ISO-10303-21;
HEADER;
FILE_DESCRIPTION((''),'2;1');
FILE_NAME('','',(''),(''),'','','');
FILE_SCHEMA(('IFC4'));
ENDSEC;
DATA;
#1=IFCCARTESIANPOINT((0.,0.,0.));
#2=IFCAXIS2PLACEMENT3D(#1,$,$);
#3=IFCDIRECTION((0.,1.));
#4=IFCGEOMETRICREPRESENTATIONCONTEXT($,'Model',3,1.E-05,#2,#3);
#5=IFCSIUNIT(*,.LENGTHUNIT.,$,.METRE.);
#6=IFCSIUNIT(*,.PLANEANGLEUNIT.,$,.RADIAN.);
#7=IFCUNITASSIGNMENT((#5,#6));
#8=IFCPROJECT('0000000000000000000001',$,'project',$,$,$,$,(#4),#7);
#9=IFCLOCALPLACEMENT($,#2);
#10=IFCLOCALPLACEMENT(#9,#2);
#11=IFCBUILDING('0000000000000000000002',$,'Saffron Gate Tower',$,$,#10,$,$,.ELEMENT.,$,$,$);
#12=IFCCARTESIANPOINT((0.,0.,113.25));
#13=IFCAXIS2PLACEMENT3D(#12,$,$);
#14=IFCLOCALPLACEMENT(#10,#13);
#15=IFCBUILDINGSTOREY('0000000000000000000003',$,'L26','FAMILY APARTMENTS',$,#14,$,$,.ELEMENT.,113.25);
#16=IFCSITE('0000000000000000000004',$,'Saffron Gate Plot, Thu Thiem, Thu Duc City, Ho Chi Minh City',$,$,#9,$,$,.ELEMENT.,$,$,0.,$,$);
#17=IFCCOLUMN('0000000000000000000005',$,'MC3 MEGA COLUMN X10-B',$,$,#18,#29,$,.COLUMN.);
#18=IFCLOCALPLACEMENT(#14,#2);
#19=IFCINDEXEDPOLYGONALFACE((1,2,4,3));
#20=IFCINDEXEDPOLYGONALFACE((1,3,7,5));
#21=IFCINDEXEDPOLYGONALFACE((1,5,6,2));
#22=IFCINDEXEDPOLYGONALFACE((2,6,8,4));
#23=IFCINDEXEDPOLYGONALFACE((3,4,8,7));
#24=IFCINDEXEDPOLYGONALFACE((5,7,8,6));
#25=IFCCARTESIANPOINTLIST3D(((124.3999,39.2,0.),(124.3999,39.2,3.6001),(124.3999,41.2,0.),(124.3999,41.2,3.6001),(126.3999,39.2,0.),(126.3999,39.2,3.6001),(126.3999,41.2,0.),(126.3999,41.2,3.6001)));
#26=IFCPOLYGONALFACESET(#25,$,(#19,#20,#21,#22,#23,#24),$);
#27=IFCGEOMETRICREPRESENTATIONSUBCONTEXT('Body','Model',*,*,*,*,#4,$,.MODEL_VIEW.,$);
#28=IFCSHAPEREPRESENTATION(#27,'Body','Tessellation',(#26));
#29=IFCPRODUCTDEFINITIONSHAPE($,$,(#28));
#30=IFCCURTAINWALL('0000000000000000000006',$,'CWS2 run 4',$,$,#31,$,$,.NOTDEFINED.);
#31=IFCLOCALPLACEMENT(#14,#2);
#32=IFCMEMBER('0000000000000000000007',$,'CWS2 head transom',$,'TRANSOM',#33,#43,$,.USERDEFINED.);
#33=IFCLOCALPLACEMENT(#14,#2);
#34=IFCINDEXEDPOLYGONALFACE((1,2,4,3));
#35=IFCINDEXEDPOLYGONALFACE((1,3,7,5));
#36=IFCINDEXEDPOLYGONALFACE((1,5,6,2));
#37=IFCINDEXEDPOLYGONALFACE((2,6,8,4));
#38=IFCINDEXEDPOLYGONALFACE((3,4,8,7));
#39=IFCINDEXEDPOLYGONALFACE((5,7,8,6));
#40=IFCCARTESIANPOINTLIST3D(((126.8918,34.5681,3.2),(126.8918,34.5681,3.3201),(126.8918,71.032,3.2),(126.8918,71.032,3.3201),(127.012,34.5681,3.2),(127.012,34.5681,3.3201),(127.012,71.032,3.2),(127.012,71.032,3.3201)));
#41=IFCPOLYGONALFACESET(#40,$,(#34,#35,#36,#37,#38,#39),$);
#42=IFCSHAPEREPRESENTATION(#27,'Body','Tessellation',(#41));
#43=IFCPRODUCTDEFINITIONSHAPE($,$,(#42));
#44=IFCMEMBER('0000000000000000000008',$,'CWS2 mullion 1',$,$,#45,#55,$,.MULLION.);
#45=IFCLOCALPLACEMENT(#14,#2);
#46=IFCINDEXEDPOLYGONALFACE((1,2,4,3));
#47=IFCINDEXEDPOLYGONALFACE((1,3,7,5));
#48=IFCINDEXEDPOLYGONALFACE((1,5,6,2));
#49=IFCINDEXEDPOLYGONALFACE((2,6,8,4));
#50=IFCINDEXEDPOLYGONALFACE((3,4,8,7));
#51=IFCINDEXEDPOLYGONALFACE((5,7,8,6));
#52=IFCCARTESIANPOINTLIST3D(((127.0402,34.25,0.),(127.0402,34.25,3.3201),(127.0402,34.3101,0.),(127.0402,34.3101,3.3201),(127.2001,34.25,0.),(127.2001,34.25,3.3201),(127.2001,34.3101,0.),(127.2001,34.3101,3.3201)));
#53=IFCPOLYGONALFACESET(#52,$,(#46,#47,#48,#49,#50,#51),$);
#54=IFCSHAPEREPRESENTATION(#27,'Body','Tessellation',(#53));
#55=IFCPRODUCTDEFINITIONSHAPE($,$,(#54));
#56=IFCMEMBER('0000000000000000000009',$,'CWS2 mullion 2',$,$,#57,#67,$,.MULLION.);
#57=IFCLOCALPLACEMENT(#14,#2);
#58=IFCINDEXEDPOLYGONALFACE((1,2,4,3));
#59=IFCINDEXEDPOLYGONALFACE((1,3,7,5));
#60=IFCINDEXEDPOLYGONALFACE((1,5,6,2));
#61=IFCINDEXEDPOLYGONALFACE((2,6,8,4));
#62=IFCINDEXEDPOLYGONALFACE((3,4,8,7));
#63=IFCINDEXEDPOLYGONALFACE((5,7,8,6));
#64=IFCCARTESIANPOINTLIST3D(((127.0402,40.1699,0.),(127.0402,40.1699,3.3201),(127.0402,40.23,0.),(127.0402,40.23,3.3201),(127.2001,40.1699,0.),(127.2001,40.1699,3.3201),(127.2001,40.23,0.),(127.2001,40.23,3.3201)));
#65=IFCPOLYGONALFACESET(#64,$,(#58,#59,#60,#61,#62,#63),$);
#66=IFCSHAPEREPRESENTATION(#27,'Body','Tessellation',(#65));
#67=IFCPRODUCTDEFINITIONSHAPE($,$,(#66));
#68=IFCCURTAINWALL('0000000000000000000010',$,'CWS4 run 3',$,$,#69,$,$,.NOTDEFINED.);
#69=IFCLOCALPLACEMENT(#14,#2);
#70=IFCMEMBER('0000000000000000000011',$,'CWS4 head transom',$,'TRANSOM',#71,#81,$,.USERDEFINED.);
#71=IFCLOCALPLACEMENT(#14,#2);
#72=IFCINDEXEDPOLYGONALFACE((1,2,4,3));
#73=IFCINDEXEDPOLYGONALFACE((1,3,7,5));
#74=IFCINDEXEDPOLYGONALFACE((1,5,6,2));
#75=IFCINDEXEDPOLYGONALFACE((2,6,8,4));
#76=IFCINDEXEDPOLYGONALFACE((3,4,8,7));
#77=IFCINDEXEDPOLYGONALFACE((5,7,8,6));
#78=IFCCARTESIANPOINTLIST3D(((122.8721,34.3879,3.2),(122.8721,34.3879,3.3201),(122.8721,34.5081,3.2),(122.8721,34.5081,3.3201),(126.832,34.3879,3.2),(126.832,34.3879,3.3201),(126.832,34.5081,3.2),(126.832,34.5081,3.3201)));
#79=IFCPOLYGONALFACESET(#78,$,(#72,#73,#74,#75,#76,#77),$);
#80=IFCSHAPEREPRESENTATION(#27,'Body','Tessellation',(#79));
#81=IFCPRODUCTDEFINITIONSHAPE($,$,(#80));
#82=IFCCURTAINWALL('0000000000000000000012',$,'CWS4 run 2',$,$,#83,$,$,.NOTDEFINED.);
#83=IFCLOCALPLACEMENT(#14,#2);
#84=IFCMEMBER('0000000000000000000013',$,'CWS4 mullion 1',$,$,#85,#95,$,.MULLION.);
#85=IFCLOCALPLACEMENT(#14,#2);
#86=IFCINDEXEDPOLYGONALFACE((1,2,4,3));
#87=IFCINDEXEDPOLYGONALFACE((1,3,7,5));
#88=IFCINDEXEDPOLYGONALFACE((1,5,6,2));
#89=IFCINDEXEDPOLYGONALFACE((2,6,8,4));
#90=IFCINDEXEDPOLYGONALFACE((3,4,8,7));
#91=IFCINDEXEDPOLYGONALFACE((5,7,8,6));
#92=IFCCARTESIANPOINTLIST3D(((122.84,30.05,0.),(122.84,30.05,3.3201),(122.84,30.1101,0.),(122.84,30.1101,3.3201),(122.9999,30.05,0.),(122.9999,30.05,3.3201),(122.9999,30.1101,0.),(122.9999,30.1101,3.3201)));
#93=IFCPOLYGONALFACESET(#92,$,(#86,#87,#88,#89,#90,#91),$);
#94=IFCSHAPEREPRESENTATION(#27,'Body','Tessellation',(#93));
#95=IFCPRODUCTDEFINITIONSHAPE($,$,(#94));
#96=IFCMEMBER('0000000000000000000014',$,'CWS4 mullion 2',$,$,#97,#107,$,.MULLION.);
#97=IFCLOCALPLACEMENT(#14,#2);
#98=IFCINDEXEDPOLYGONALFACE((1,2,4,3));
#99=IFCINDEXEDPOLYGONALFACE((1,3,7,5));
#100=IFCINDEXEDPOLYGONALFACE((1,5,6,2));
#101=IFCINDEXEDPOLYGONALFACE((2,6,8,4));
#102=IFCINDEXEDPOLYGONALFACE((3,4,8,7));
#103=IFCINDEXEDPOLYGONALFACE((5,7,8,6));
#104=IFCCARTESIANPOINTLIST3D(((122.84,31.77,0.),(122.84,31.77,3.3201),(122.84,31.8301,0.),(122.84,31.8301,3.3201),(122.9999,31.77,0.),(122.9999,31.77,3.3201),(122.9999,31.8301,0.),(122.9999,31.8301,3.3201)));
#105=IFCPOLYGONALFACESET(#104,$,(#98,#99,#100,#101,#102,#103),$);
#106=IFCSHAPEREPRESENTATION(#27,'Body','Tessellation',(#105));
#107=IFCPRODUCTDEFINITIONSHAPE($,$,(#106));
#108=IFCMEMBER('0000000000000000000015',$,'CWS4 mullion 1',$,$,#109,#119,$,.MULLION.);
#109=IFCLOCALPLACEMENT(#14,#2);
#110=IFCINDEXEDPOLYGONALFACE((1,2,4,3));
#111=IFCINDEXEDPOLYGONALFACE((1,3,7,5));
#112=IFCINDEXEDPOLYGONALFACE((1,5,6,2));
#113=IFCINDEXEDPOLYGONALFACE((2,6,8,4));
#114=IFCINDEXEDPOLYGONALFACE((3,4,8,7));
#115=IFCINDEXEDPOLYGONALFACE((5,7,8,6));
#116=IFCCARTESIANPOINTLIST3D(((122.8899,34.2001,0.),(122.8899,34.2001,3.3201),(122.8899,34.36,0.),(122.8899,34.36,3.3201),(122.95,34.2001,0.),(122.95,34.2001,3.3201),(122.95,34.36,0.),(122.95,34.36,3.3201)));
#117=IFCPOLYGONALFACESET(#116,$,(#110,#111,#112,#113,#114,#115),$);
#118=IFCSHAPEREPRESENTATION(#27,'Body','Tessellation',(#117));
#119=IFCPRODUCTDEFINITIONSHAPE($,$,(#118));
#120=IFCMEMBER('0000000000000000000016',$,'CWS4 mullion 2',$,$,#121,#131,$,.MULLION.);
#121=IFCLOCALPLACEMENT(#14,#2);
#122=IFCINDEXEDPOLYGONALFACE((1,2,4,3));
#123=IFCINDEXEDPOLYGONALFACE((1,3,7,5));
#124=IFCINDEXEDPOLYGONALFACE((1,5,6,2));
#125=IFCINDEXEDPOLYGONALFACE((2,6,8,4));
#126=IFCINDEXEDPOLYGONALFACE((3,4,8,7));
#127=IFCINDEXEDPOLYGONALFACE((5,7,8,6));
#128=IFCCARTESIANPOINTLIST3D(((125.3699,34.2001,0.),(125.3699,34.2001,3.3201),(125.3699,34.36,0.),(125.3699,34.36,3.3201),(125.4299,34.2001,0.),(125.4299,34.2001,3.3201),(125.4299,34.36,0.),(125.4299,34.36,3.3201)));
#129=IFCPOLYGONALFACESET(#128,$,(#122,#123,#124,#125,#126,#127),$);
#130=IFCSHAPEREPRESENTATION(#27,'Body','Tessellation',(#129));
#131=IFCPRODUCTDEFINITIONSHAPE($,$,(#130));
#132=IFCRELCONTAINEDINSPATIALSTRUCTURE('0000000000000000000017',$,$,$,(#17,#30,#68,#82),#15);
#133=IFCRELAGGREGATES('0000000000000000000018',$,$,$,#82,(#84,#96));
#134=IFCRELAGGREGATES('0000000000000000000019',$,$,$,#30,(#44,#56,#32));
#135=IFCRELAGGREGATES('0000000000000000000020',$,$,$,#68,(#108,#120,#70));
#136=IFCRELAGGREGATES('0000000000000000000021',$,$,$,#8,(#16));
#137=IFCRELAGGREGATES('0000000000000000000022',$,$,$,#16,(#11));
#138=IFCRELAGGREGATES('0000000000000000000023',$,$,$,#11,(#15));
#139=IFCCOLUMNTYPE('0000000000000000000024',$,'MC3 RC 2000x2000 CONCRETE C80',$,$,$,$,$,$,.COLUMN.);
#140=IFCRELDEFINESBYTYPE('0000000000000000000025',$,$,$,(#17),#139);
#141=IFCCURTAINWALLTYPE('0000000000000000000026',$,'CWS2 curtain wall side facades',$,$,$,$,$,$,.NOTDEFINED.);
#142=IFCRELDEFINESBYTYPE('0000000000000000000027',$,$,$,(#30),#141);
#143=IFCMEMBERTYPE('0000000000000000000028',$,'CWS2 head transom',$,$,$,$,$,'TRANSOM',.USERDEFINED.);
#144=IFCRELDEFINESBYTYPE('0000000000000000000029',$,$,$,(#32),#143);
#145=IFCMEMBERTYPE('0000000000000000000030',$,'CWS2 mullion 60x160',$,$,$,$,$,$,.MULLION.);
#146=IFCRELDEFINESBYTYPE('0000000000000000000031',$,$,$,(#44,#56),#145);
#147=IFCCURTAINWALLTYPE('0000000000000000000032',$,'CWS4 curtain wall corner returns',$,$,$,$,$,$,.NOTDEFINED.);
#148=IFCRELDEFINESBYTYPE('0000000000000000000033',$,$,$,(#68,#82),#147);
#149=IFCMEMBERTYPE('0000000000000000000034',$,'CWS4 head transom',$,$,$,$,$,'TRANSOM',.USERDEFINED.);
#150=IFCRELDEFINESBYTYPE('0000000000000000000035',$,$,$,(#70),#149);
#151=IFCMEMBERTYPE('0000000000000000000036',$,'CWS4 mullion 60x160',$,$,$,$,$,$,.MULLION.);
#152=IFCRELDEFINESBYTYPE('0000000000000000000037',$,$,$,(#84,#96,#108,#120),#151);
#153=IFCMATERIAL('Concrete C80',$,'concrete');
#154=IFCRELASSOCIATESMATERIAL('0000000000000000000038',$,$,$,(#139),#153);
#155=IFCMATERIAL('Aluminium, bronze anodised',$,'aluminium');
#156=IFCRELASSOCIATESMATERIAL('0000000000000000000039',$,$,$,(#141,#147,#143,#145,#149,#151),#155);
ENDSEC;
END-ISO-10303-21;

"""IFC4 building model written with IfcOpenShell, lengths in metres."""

from ifc_helpers import new_model, si_unit, direction, frame, origin, origin_2d, place, context, subcontext, project, spatial, rectangle, extrude, material, material_profile, profile_set, type_object, element, aggregate, save


model = new_model("IFC4")

# Units and contexts
model_context = context("Model", 3, precision=1e-05, world=origin(), true_north=direction((0.0, 1.0)))
body_context = subcontext(model_context, "Body", "Model", "MODEL_VIEW")
ifc_project = project(units=[si_unit("LENGTHUNIT", "METRE"), si_unit("PLANEANGLEUNIT", "RADIAN")], contexts=[model_context])

# Site, building, storey
site_placement = place(None, origin())
site = spatial("IfcSite", under=ifc_project, at=site_placement, Name="Saffron Gate Plot, Thu Thiem, Thu Duc City, Ho Chi Minh City", CompositionType="ELEMENT", RefElevation=0.0)
building_placement = place(site_placement, origin())
building = spatial("IfcBuilding", under=site, at=building_placement, Name="Saffron Gate Tower", CompositionType="ELEMENT")
storey_placement = place(building_placement, frame((0.0, 0.0, 113.25)))
storey = spatial("IfcBuildingStorey", under=building, at=storey_placement, Name="L26", Description="FAMILY APARTMENTS", CompositionType="ELEMENT", Elevation=113.25)

# Column
ifc_material_1 = material(Name="Concrete C80", Category="concrete")
ifc_material_profile_1 = material_profile(ifc_material_1, rectangle(XDim=2.0, YDim=2.0, at=origin_2d()))
ifc_profile_set_1 = profile_set([ifc_material_profile_1], Name="Concrete C80")
column_type = type_object("IfcColumnType", Name="MC3 RC 2000x2000 CONCRETE C80", PredefinedType="COLUMN", material=ifc_profile_set_1)
column_placement = place(storey_placement, frame((125.3999, 40.2, 0.0), z_axis=(0.0, 0.0, 1.0), x_axis=(1.0, 0.0, 0.0)))
element("IfcColumn", 1, at=column_placement, inside=storey, type_object=column_type, Name="MC3 MEGA COLUMN X10-B", PredefinedType="COLUMN", context=body_context, shape_type="SweptSolid", body=[
    extrude(rectangle(XDim=2.0, YDim=2.0, at=origin_2d()), origin(), (0.0, 0.0, 1.0), 3.6001),
])

# Curtain wall, members
ifc_material_2 = material(Name="Aluminium, bronze anodised", Category="aluminium")
curtain_wall_type_1 = type_object("IfcCurtainWallType", Name="CWS2 curtain wall side facades", PredefinedType="NOTDEFINED", material=ifc_material_2)
curtain_wall_1_placement = place(storey_placement, origin())
curtain_wall_1 = element("IfcCurtainWall", 2, at=curtain_wall_1_placement, inside=storey, type_object=curtain_wall_type_1, Name="CWS2 run 4", PredefinedType="NOTDEFINED")
ifc_material_profile_2 = material_profile(ifc_material_2, rectangle(XDim=0.1201, YDim=0.1201, at=origin_2d()))
ifc_profile_set_2 = profile_set([ifc_material_profile_2], Name="Aluminium, bronze anodised")
member_type_1 = type_object("IfcMemberType", Name="CWS2 head transom", ElementType="TRANSOM", PredefinedType="USERDEFINED", material=ifc_profile_set_2)
member_1_placement = place(storey_placement, frame((126.9519, 34.5681, 3.26), z_axis=(0.0, 1.0, 0.0), x_axis=(-1.0, 0.0, 0.0)))
member_1 = element("IfcMember", 3, at=member_1_placement, type_object=member_type_1, Name="CWS2 head transom", ObjectType="TRANSOM", PredefinedType="USERDEFINED", context=body_context, shape_type="SweptSolid", body=[
    extrude(rectangle(XDim=0.1201, YDim=0.1201, at=origin_2d()), origin(), (0.0, 0.0, 1.0), 36.4639),
])
ifc_material_profile_3 = material_profile(ifc_material_2, rectangle(XDim=0.1599, YDim=0.0601, at=origin_2d()))
ifc_profile_set_3 = profile_set([ifc_material_profile_3], Name="Aluminium, bronze anodised")
member_type_2 = type_object("IfcMemberType", Name="CWS2 mullion 60x160", PredefinedType="MULLION", material=ifc_profile_set_3)
member_2_placement = place(storey_placement, frame((127.1201, 34.28, 0.0), z_axis=(0.0, 0.0, 1.0), x_axis=(-1.0, 0.0, 0.0)))
member_2 = element("IfcMember", 4, at=member_2_placement, type_object=member_type_2, Name="CWS2 mullion 1", PredefinedType="MULLION", context=body_context, shape_type="SweptSolid", body=[
    extrude(rectangle(XDim=0.1599, YDim=0.0601, at=origin_2d()), origin(), (0.0, 0.0, 1.0), 3.3201),
])
member_3_placement = place(storey_placement, frame((127.1201, 40.2, 0.0), z_axis=(0.0, 0.0, 1.0), x_axis=(-1.0, 0.0, 0.0)))
member_3 = element("IfcMember", 5, at=member_3_placement, type_object=member_type_2, Name="CWS2 mullion 2", PredefinedType="MULLION", context=body_context, shape_type="SweptSolid", body=[
    extrude(rectangle(XDim=0.1599, YDim=0.0601, at=origin_2d()), origin(), (0.0, 0.0, 1.0), 3.3201),
])

# Curtain wall, member
curtain_wall_type_2 = type_object("IfcCurtainWallType", Name="CWS4 curtain wall corner returns", PredefinedType="NOTDEFINED", material=ifc_material_2)
curtain_wall_2_placement = place(storey_placement, origin())
curtain_wall_2 = element("IfcCurtainWall", 6, at=curtain_wall_2_placement, inside=storey, type_object=curtain_wall_type_2, Name="CWS4 run 3", PredefinedType="NOTDEFINED")
ifc_material_profile_4 = material_profile(ifc_material_2, rectangle(XDim=0.1201, YDim=0.1201, at=origin_2d()))
ifc_profile_set_4 = profile_set([ifc_material_profile_4], Name="Aluminium, bronze anodised")
member_type_3 = type_object("IfcMemberType", Name="CWS4 head transom", ElementType="TRANSOM", PredefinedType="USERDEFINED", material=ifc_profile_set_4)
member_4_placement = place(storey_placement, frame((122.8721, 34.448, 3.26), z_axis=(1.0, 0.0, 0.0), x_axis=(0.0, 1.0, 0.0)))
member_4 = element("IfcMember", 7, at=member_4_placement, type_object=member_type_3, Name="CWS4 head transom", ObjectType="TRANSOM", PredefinedType="USERDEFINED", context=body_context, shape_type="SweptSolid", body=[
    extrude(rectangle(XDim=0.1201, YDim=0.1201, at=origin_2d()), origin(), (0.0, 0.0, 1.0), 3.96),
])

# Curtain wall, members
curtain_wall_3_placement = place(storey_placement, origin())
curtain_wall_3 = element("IfcCurtainWall", 8, at=curtain_wall_3_placement, inside=storey, type_object=curtain_wall_type_2, Name="CWS4 run 2", PredefinedType="NOTDEFINED")
ifc_material_profile_5 = material_profile(ifc_material_2, rectangle(XDim=0.1599, YDim=0.0601, at=origin_2d()))
ifc_profile_set_5 = profile_set([ifc_material_profile_5], Name="Aluminium, bronze anodised")
member_type_4 = type_object("IfcMemberType", Name="CWS4 mullion 60x160", PredefinedType="MULLION", material=ifc_profile_set_5)
member_5_placement = place(storey_placement, frame((122.9199, 30.0801, 0.0), z_axis=(0.0, 0.0, 1.0), x_axis=(-1.0, 0.0, 0.0)))
member_5 = element("IfcMember", 9, at=member_5_placement, type_object=member_type_4, Name="CWS4 mullion 1", PredefinedType="MULLION", context=body_context, shape_type="SweptSolid", body=[
    extrude(rectangle(XDim=0.1599, YDim=0.0601, at=origin_2d()), origin(), (0.0, 0.0, 1.0), 3.3201),
])
member_6_placement = place(storey_placement, frame((122.9199, 31.8, 0.0), z_axis=(0.0, 0.0, 1.0), x_axis=(-1.0, 0.0, 0.0)))
member_6 = element("IfcMember", 10, at=member_6_placement, type_object=member_type_4, Name="CWS4 mullion 2", PredefinedType="MULLION", context=body_context, shape_type="SweptSolid", body=[
    extrude(rectangle(XDim=0.1599, YDim=0.0601, at=origin_2d()), origin(), (0.0, 0.0, 1.0), 3.3201),
])
aggregate(curtain_wall_3, [member_5, member_6])

# Members
member_7_placement = place(storey_placement, frame((122.9199, 34.28, 0.0), z_axis=(0.0, 0.0, 1.0), x_axis=(0.0, 1.0, 0.0)))
member_7 = element("IfcMember", 11, at=member_7_placement, type_object=member_type_4, Name="CWS4 mullion 1", PredefinedType="MULLION", context=body_context, shape_type="SweptSolid", body=[
    extrude(rectangle(XDim=0.1599, YDim=0.0601, at=origin_2d()), origin(), (0.0, 0.0, 1.0), 3.3201),
])
member_8_placement = place(storey_placement, frame((125.3999, 34.28, 0.0), z_axis=(0.0, 0.0, 1.0), x_axis=(0.0, 1.0, 0.0)))
member_8 = element("IfcMember", 12, at=member_8_placement, type_object=member_type_4, Name="CWS4 mullion 2", PredefinedType="MULLION", context=body_context, shape_type="SweptSolid", body=[
    extrude(rectangle(XDim=0.1599, YDim=0.0601, at=origin_2d()), origin(), (0.0, 0.0, 1.0), 3.3201),
])

aggregate(curtain_wall_1, [member_2, member_3, member_1])

aggregate(curtain_wall_2, [member_7, member_8, member_4])

save(model, "model.ifc")
